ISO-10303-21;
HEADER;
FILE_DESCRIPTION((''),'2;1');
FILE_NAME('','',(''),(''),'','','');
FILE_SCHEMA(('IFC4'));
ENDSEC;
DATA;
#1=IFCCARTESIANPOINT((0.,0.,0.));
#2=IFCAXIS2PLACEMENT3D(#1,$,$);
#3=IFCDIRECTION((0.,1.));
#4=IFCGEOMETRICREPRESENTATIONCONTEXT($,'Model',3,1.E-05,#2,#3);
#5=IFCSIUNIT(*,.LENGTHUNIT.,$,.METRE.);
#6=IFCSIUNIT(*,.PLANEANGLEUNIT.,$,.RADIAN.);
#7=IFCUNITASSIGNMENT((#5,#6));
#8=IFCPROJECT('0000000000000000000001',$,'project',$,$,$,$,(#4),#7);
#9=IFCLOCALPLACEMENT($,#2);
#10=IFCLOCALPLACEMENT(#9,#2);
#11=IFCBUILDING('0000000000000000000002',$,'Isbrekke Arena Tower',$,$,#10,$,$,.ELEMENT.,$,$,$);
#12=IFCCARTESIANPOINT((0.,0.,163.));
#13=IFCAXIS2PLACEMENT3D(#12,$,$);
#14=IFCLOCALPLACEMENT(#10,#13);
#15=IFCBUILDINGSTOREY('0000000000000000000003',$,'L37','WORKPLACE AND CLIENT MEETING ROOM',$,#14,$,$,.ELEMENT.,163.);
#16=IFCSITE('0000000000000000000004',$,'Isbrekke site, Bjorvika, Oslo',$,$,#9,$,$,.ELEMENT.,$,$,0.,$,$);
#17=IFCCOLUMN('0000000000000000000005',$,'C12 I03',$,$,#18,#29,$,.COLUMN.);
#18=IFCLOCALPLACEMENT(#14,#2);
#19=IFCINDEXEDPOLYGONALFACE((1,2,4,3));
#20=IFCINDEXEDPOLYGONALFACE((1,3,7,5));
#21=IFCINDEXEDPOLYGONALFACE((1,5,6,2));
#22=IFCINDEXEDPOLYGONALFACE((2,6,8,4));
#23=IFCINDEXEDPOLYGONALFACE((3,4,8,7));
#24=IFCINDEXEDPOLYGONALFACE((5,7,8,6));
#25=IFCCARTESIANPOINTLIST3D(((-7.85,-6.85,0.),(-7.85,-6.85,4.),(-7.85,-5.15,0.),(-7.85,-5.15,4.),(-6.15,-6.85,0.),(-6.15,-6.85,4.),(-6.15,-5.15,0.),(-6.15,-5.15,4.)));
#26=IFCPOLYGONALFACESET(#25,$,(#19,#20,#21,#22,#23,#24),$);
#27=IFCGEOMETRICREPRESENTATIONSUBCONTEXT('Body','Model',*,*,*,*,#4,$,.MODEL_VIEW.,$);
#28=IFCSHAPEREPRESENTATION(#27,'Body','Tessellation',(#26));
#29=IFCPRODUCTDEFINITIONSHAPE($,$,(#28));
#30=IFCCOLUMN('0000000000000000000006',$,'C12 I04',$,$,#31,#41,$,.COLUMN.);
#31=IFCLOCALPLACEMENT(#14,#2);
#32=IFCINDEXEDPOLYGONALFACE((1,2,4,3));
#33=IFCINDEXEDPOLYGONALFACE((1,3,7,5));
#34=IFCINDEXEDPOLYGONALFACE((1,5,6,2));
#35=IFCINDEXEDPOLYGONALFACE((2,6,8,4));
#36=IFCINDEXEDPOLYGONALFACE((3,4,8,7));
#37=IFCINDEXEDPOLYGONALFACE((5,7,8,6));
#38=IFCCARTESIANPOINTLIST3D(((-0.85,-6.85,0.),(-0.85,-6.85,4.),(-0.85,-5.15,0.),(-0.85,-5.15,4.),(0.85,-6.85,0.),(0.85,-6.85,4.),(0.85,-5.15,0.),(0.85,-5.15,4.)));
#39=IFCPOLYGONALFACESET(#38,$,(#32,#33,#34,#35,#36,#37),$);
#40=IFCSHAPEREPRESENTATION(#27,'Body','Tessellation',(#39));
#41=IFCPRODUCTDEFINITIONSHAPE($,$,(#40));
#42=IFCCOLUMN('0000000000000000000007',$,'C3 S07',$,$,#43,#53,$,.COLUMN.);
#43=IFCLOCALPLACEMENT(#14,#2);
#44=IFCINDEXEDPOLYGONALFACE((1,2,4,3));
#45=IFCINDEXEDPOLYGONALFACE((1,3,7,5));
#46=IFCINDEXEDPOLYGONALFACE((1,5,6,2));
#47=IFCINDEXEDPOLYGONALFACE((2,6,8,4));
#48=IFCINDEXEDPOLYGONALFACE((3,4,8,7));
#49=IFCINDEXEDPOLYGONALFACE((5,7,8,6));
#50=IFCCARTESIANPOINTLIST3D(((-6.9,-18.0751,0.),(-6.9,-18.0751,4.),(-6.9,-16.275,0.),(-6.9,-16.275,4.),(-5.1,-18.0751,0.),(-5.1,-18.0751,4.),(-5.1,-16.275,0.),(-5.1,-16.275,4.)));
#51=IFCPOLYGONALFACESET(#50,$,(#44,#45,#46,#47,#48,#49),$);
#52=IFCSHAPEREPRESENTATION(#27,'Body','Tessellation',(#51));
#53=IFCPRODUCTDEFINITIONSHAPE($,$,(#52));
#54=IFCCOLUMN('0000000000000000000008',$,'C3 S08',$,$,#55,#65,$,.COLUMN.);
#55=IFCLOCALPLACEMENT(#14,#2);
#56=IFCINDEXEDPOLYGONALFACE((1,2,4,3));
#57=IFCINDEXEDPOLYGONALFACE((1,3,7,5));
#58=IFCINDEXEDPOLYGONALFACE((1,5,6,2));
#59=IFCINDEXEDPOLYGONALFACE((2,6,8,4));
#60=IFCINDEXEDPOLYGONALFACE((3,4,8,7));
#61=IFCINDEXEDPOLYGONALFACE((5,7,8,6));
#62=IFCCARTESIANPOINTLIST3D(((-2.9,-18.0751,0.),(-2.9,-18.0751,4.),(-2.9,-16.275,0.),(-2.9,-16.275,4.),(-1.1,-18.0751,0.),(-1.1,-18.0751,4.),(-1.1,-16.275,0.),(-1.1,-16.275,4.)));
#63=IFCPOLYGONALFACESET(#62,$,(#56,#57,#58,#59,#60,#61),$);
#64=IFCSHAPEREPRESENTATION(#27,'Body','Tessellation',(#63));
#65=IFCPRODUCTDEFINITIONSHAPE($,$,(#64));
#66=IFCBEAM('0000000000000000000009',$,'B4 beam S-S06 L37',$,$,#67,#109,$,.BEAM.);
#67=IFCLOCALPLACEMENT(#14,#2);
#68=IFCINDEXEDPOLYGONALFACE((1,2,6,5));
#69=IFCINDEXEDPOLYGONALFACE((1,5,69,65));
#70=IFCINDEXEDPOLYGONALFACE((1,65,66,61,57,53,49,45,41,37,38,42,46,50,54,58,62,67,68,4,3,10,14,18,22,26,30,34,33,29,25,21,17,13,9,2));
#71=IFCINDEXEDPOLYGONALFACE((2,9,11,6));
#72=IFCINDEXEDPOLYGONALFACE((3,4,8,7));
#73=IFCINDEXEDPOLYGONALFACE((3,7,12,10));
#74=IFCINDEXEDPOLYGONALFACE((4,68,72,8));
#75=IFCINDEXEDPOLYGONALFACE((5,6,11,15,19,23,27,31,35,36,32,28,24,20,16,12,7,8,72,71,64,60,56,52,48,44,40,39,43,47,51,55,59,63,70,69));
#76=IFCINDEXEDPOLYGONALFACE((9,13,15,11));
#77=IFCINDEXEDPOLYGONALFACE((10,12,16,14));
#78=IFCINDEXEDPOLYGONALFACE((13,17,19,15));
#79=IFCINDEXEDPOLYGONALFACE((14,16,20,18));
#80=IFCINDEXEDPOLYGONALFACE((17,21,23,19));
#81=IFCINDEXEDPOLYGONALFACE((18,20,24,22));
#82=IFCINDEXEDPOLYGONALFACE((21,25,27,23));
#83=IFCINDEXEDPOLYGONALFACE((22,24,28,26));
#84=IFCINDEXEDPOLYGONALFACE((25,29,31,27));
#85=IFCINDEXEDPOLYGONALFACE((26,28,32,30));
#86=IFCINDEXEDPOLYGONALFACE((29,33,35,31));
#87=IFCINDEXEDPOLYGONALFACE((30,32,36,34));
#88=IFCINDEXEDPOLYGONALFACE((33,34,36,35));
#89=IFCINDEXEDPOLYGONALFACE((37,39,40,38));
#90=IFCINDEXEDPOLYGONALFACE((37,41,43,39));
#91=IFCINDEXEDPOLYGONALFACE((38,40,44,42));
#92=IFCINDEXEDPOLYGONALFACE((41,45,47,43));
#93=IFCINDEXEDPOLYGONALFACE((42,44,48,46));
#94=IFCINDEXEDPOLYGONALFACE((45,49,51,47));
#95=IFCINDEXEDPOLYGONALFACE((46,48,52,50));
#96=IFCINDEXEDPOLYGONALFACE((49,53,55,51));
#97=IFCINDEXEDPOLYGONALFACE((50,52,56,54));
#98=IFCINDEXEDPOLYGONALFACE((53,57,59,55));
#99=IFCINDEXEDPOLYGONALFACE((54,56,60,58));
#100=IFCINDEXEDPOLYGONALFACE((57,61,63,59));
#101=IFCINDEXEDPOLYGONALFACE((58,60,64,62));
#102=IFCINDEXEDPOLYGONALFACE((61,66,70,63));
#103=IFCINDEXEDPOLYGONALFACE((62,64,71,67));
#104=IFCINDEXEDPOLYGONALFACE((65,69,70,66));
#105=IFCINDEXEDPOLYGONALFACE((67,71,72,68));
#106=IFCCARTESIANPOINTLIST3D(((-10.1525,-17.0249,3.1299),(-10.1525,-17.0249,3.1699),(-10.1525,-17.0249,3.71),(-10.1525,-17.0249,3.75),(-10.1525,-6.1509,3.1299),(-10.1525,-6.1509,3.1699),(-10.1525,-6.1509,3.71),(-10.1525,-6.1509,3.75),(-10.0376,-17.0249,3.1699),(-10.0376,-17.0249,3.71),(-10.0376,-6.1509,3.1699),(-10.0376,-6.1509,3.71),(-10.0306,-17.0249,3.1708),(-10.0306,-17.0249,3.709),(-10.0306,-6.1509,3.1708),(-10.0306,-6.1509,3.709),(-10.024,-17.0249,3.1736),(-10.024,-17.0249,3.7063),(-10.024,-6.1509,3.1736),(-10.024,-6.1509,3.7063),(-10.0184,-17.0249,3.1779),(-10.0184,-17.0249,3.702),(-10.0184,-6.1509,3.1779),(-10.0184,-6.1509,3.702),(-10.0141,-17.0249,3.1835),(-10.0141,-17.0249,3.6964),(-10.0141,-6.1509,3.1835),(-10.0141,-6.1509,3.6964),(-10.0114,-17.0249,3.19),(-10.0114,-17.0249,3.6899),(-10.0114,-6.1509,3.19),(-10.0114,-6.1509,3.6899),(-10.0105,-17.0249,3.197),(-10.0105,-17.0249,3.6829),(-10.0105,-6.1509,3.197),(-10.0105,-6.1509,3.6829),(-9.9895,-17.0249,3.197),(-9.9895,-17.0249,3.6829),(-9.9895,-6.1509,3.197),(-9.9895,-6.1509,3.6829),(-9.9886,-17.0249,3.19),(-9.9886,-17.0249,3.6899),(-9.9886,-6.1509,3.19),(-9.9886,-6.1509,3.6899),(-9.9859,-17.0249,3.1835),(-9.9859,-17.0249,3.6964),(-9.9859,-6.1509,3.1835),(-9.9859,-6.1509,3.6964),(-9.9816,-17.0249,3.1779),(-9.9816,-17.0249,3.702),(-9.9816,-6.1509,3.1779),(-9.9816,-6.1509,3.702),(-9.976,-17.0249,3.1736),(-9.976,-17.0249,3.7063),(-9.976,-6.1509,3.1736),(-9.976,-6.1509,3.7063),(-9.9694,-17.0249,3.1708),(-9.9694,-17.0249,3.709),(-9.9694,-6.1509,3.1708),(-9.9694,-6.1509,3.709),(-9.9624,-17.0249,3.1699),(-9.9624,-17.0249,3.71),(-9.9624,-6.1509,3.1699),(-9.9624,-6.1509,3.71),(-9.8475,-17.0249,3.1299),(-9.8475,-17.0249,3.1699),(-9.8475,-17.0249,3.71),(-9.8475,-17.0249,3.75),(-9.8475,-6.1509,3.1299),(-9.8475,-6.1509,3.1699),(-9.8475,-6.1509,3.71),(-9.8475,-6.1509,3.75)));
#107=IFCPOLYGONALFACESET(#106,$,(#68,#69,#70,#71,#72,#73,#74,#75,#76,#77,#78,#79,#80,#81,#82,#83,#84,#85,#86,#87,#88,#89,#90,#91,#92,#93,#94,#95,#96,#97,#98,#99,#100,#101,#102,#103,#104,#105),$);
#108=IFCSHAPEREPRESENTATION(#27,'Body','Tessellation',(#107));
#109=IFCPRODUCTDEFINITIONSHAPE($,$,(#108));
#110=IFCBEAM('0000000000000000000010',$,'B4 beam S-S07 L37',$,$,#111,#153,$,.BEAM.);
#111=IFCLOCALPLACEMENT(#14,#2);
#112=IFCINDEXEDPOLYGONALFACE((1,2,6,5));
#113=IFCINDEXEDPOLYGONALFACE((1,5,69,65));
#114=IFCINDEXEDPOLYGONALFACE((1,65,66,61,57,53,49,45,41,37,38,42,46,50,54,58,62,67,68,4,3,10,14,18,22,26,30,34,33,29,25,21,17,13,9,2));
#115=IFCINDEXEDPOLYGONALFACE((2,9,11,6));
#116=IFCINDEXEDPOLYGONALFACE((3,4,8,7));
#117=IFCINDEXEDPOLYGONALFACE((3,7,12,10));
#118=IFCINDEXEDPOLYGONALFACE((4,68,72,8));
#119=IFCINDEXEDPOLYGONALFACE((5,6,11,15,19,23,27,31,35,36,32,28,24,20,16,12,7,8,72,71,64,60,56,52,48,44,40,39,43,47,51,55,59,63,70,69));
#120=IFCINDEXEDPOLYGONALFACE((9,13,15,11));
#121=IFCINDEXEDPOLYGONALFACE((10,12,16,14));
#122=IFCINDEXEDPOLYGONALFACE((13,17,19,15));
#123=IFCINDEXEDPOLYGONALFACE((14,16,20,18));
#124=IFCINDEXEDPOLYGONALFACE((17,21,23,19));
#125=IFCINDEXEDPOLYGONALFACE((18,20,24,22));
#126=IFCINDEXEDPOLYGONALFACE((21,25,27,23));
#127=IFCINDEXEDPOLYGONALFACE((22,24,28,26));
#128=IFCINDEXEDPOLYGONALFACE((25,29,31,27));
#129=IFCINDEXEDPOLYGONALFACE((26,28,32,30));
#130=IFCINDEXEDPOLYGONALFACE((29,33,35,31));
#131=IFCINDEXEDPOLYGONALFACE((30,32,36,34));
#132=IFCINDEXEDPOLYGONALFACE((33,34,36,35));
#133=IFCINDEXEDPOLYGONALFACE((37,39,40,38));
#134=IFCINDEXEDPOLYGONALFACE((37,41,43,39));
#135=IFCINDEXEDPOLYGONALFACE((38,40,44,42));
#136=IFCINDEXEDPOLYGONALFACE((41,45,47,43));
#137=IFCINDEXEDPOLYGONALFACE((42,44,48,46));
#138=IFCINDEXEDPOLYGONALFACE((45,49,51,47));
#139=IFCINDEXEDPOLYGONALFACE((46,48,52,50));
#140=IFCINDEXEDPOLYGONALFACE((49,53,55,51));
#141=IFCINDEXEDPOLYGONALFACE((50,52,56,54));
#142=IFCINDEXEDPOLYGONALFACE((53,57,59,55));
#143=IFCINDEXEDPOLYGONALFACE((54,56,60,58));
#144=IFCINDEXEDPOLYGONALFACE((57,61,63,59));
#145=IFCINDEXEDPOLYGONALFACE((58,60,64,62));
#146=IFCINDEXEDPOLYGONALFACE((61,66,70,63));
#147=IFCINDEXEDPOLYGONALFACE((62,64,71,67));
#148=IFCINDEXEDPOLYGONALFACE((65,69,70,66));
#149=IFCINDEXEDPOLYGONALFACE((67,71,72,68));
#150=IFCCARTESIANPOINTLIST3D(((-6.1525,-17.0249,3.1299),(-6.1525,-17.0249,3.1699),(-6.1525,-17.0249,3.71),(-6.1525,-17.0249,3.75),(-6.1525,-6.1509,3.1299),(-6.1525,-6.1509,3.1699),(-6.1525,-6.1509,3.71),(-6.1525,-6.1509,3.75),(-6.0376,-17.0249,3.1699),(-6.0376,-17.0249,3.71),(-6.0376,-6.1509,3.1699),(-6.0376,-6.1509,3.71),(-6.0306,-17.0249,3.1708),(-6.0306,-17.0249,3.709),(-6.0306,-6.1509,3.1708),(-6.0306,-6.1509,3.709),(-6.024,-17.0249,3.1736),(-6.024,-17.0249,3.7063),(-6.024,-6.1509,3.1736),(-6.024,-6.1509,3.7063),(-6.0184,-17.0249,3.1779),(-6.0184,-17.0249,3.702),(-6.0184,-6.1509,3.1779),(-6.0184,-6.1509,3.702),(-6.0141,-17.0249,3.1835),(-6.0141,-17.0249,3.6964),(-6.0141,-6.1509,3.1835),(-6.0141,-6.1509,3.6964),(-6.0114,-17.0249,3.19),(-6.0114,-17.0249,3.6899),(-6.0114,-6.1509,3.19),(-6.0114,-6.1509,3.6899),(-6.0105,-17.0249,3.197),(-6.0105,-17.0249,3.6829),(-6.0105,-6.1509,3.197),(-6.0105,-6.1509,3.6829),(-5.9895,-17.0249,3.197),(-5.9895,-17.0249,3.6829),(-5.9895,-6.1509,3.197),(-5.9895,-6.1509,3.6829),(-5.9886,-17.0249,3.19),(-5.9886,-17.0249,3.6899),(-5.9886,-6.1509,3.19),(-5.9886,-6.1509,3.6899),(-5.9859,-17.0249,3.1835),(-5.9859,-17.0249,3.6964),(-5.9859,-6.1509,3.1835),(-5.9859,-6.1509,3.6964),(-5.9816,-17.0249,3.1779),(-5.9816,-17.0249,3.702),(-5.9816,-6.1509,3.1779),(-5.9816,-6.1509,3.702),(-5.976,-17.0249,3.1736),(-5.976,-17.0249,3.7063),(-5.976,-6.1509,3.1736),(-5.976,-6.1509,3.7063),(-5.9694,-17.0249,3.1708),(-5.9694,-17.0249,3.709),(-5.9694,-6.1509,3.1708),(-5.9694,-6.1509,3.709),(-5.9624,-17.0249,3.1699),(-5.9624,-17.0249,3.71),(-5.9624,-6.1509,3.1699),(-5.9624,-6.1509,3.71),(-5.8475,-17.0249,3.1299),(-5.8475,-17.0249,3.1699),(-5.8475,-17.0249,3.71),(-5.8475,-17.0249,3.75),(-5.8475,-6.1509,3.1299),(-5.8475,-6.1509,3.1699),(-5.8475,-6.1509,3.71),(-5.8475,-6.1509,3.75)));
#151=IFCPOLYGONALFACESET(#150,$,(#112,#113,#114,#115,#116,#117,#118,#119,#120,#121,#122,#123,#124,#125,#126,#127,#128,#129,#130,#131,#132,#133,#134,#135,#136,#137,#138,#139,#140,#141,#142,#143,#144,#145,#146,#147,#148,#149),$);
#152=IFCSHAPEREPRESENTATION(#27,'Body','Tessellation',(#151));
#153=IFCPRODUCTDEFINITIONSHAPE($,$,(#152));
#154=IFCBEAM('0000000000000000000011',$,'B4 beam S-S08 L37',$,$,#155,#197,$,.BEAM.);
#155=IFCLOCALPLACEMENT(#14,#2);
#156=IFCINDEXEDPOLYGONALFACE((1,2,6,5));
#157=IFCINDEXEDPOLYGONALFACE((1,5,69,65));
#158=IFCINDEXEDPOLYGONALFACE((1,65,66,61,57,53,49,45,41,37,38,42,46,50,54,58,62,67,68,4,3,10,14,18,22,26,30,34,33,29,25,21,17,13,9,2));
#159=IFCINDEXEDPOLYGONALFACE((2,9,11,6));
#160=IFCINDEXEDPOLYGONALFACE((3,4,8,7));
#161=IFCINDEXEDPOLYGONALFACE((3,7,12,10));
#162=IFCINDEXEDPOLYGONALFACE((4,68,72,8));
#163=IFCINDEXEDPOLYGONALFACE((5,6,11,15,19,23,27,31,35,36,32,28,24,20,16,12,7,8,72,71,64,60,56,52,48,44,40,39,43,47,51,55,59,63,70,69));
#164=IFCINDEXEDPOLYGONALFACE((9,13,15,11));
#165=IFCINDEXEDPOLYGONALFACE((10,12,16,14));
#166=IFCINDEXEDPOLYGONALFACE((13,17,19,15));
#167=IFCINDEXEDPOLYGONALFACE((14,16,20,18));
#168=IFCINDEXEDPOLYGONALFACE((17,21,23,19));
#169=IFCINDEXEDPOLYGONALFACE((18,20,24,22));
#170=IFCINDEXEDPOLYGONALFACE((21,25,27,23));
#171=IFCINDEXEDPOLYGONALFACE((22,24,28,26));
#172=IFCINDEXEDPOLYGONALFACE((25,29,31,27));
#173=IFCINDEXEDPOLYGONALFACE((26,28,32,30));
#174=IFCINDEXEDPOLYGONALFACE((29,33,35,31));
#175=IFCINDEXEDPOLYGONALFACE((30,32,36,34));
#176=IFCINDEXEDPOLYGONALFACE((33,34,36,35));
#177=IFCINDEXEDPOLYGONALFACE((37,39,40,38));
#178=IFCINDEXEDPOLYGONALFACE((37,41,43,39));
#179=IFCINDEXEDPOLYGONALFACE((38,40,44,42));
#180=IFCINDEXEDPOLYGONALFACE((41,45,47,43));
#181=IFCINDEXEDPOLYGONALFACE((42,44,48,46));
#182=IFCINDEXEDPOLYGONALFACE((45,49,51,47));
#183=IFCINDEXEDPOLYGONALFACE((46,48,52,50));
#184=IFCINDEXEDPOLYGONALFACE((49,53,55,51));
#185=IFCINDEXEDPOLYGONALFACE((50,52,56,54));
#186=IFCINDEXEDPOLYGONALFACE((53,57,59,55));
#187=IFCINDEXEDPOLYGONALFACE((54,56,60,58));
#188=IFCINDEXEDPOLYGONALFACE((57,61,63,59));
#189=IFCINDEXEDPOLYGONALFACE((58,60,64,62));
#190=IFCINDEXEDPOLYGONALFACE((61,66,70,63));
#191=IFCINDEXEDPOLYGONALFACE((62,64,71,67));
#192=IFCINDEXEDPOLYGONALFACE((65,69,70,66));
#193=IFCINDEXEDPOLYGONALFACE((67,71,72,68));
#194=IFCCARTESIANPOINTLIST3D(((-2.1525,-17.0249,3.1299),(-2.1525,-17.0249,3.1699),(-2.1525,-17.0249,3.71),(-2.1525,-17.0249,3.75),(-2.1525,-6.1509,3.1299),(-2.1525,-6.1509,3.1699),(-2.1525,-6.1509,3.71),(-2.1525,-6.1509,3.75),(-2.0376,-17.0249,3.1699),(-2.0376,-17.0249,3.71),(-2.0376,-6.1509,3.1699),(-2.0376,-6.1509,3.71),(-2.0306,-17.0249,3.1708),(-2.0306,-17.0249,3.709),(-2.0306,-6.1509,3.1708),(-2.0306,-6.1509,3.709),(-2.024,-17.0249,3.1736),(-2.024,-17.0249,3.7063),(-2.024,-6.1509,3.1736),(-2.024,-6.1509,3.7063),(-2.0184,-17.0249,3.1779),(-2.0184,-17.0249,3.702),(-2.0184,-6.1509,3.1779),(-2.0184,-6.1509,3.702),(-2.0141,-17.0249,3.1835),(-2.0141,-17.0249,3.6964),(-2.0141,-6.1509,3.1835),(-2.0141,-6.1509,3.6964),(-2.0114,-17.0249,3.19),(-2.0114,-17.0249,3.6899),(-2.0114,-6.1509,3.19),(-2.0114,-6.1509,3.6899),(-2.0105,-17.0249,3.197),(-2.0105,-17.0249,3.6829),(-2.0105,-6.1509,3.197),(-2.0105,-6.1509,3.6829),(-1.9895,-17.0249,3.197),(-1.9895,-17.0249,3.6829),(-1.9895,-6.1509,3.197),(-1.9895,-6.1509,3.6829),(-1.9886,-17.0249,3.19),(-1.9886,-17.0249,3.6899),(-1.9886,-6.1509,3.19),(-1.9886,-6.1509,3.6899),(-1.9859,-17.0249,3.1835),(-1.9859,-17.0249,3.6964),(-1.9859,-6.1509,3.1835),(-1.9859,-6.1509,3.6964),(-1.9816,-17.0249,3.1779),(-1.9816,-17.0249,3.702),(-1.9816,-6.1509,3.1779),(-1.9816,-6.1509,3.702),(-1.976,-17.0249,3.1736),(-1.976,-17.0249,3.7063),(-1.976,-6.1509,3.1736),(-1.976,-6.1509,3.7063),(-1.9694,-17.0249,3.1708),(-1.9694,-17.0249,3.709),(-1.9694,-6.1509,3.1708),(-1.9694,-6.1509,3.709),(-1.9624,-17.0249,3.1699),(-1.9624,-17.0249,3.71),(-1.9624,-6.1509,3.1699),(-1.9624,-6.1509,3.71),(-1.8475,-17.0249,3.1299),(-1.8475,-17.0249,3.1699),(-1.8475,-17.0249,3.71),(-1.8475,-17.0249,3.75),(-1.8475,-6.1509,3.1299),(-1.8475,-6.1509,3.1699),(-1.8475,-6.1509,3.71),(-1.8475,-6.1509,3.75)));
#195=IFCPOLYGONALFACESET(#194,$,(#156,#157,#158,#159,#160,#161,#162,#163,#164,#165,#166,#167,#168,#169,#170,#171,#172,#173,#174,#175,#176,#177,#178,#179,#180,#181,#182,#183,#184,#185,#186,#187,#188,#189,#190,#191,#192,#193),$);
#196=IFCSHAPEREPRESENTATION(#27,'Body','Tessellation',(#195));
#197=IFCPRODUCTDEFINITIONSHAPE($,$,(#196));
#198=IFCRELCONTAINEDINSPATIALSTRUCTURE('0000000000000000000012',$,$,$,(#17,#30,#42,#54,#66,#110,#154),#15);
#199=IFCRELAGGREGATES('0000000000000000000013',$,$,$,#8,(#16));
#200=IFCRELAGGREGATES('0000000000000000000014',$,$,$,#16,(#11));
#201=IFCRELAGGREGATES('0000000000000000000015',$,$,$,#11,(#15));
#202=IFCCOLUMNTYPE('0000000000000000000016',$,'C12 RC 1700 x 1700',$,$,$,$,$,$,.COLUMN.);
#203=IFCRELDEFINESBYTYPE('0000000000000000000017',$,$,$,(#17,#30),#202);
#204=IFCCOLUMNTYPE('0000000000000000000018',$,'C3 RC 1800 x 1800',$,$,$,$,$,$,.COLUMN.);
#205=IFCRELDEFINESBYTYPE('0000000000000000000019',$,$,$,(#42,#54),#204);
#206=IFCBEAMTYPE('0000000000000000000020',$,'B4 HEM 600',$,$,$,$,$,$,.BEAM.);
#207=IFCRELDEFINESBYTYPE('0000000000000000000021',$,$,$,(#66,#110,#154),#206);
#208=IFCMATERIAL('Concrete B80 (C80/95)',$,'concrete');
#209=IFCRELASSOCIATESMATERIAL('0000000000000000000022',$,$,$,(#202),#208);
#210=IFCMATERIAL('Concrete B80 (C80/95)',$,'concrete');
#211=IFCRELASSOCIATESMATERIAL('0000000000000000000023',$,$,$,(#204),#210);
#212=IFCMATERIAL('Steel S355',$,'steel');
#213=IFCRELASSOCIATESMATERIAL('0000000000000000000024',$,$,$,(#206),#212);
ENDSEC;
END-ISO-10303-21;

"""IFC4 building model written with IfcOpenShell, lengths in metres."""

from ifc_helpers import new_model, si_unit, direction, frame, origin, origin_2d, place, context, subcontext, project, spatial, rectangle, i_section, extrude, material, material_profile, profile_set, type_object, element, save


model = new_model("IFC4")

# Units and contexts
model_context = context("Model", 3, precision=1e-05, world=origin(), true_north=direction((0.0, 1.0)))
body_context = subcontext(model_context, "Body", "Model", "MODEL_VIEW")
ifc_project = project(units=[si_unit("LENGTHUNIT", "METRE"), si_unit("PLANEANGLEUNIT", "RADIAN")], contexts=[model_context])

# Site, building, storey
site_placement = place(None, origin())
site = spatial("IfcSite", under=ifc_project, at=site_placement, Name="Isbrekke site, Bjorvika, Oslo", CompositionType="ELEMENT", RefElevation=0.0)
building_placement = place(site_placement, origin())
building = spatial("IfcBuilding", under=site, at=building_placement, Name="Isbrekke Arena Tower", CompositionType="ELEMENT")
storey_placement = place(building_placement, frame((0.0, 0.0, 163.0)))
storey = spatial("IfcBuildingStorey", under=building, at=storey_placement, Name="L37", Description="WORKPLACE AND CLIENT MEETING ROOM", CompositionType="ELEMENT", Elevation=163.0)

# Columns
ifc_material_1 = material(Name="Concrete B80 (C80/95)", Category="concrete")
ifc_material_profile_1 = material_profile(ifc_material_1, rectangle(XDim=1.7, YDim=1.7, at=origin_2d()), Name="RC 1700x1700")
ifc_profile_set_1 = profile_set([ifc_material_profile_1], Name="Concrete B80 (C80/95)")
column_type_1 = type_object("IfcColumnType", Name="C12 RC 1700 x 1700", PredefinedType="COLUMN", material=ifc_profile_set_1)
for number, where, z_axis, x_axis, name in (
    (1, (-7.0, -6.0, 0.0), (0.0, 0.0, 1.0), (1.0, 0.0, 0.0), "C12 I03"),
    (2, (0.0, -6.0, 0.0), (0.0, 0.0, 1.0), (1.0, 0.0, 0.0), "C12 I04"),
):
    element("IfcColumn", number, at=place(storey_placement, frame(where, z_axis=z_axis, x_axis=x_axis)), inside=storey, type_object=column_type_1, Name=name, PredefinedType="COLUMN", context=body_context, shape_type="SweptSolid", body=[
        extrude(rectangle(XDim=1.7, YDim=1.7, at=origin_2d()), origin(), (0.0, 0.0, 1.0), 4.0),
    ])
ifc_material_2 = material(Name="Concrete B80 (C80/95)", Category="concrete")
ifc_material_profile_2 = material_profile(ifc_material_2, rectangle(XDim=1.8, YDim=1.8, at=origin_2d()), Name="RC 1800x1800")
ifc_profile_set_2 = profile_set([ifc_material_profile_2], Name="Concrete B80 (C80/95)")
column_type_2 = type_object("IfcColumnType", Name="C3 RC 1800 x 1800", PredefinedType="COLUMN", material=ifc_profile_set_2)
for number, where, z_axis, x_axis, name in (
    (3, (-6.0, -17.175, 0.0), (0.0, 0.0, 1.0), (1.0, 0.0, 0.0), "C3 S07"),
    (4, (-2.0, -17.175, 0.0), (0.0, 0.0, 1.0), (1.0, 0.0, 0.0), "C3 S08"),
):
    element("IfcColumn", number, at=place(storey_placement, frame(where, z_axis=z_axis, x_axis=x_axis)), inside=storey, type_object=column_type_2, Name=name, PredefinedType="COLUMN", context=body_context, shape_type="SweptSolid", body=[
        extrude(rectangle(XDim=1.8, YDim=1.8, at=origin_2d()), origin(), (0.0, 0.0, 1.0), 4.0),
    ])

# Beams
ifc_material_3 = material(Name="Steel S355", Category="steel")
ifc_material_profile_3 = material_profile(ifc_material_3, i_section(OverallWidth=0.3049, OverallDepth=0.6201, WebThickness=0.021, FlangeThickness=0.04, FilletRadius=0.0271, at=origin_2d()), Name="HEM 600")
ifc_profile_set_3 = profile_set([ifc_material_profile_3], Name="Steel S355")
beam_type_1 = type_object("IfcBeamType", Name="B4 HEM 600", PredefinedType="BEAM", material=ifc_profile_set_3)
for number, where, z_axis, x_axis, name in (
    (5, (-10.0, -17.0249, 3.4399), (0.0, 1.0, 0.0), (-1.0, 0.0, 0.0), "B4 beam S-S06 L37"),
    (6, (-6.0, -17.0249, 3.4399), (0.0, 1.0, 0.0), (-1.0, 0.0, 0.0), "B4 beam S-S07 L37"),
    (7, (-2.0, -17.0249, 3.4399), (0.0, 1.0, 0.0), (-1.0, 0.0, 0.0), "B4 beam S-S08 L37"),
):
    element("IfcBeam", number, at=place(storey_placement, frame(where, z_axis=z_axis, x_axis=x_axis)), inside=storey, type_object=beam_type_1, Name=name, PredefinedType="BEAM", context=body_context, shape_type="SweptSolid", body=[
        extrude(i_section(OverallWidth=0.3049, OverallDepth=0.6201, WebThickness=0.021, FlangeThickness=0.04, FilletRadius=0.0271, at=origin_2d()), origin(), (0.0, 0.0, 1.0), 10.874),
    ])

save(model, "model.ifc")
